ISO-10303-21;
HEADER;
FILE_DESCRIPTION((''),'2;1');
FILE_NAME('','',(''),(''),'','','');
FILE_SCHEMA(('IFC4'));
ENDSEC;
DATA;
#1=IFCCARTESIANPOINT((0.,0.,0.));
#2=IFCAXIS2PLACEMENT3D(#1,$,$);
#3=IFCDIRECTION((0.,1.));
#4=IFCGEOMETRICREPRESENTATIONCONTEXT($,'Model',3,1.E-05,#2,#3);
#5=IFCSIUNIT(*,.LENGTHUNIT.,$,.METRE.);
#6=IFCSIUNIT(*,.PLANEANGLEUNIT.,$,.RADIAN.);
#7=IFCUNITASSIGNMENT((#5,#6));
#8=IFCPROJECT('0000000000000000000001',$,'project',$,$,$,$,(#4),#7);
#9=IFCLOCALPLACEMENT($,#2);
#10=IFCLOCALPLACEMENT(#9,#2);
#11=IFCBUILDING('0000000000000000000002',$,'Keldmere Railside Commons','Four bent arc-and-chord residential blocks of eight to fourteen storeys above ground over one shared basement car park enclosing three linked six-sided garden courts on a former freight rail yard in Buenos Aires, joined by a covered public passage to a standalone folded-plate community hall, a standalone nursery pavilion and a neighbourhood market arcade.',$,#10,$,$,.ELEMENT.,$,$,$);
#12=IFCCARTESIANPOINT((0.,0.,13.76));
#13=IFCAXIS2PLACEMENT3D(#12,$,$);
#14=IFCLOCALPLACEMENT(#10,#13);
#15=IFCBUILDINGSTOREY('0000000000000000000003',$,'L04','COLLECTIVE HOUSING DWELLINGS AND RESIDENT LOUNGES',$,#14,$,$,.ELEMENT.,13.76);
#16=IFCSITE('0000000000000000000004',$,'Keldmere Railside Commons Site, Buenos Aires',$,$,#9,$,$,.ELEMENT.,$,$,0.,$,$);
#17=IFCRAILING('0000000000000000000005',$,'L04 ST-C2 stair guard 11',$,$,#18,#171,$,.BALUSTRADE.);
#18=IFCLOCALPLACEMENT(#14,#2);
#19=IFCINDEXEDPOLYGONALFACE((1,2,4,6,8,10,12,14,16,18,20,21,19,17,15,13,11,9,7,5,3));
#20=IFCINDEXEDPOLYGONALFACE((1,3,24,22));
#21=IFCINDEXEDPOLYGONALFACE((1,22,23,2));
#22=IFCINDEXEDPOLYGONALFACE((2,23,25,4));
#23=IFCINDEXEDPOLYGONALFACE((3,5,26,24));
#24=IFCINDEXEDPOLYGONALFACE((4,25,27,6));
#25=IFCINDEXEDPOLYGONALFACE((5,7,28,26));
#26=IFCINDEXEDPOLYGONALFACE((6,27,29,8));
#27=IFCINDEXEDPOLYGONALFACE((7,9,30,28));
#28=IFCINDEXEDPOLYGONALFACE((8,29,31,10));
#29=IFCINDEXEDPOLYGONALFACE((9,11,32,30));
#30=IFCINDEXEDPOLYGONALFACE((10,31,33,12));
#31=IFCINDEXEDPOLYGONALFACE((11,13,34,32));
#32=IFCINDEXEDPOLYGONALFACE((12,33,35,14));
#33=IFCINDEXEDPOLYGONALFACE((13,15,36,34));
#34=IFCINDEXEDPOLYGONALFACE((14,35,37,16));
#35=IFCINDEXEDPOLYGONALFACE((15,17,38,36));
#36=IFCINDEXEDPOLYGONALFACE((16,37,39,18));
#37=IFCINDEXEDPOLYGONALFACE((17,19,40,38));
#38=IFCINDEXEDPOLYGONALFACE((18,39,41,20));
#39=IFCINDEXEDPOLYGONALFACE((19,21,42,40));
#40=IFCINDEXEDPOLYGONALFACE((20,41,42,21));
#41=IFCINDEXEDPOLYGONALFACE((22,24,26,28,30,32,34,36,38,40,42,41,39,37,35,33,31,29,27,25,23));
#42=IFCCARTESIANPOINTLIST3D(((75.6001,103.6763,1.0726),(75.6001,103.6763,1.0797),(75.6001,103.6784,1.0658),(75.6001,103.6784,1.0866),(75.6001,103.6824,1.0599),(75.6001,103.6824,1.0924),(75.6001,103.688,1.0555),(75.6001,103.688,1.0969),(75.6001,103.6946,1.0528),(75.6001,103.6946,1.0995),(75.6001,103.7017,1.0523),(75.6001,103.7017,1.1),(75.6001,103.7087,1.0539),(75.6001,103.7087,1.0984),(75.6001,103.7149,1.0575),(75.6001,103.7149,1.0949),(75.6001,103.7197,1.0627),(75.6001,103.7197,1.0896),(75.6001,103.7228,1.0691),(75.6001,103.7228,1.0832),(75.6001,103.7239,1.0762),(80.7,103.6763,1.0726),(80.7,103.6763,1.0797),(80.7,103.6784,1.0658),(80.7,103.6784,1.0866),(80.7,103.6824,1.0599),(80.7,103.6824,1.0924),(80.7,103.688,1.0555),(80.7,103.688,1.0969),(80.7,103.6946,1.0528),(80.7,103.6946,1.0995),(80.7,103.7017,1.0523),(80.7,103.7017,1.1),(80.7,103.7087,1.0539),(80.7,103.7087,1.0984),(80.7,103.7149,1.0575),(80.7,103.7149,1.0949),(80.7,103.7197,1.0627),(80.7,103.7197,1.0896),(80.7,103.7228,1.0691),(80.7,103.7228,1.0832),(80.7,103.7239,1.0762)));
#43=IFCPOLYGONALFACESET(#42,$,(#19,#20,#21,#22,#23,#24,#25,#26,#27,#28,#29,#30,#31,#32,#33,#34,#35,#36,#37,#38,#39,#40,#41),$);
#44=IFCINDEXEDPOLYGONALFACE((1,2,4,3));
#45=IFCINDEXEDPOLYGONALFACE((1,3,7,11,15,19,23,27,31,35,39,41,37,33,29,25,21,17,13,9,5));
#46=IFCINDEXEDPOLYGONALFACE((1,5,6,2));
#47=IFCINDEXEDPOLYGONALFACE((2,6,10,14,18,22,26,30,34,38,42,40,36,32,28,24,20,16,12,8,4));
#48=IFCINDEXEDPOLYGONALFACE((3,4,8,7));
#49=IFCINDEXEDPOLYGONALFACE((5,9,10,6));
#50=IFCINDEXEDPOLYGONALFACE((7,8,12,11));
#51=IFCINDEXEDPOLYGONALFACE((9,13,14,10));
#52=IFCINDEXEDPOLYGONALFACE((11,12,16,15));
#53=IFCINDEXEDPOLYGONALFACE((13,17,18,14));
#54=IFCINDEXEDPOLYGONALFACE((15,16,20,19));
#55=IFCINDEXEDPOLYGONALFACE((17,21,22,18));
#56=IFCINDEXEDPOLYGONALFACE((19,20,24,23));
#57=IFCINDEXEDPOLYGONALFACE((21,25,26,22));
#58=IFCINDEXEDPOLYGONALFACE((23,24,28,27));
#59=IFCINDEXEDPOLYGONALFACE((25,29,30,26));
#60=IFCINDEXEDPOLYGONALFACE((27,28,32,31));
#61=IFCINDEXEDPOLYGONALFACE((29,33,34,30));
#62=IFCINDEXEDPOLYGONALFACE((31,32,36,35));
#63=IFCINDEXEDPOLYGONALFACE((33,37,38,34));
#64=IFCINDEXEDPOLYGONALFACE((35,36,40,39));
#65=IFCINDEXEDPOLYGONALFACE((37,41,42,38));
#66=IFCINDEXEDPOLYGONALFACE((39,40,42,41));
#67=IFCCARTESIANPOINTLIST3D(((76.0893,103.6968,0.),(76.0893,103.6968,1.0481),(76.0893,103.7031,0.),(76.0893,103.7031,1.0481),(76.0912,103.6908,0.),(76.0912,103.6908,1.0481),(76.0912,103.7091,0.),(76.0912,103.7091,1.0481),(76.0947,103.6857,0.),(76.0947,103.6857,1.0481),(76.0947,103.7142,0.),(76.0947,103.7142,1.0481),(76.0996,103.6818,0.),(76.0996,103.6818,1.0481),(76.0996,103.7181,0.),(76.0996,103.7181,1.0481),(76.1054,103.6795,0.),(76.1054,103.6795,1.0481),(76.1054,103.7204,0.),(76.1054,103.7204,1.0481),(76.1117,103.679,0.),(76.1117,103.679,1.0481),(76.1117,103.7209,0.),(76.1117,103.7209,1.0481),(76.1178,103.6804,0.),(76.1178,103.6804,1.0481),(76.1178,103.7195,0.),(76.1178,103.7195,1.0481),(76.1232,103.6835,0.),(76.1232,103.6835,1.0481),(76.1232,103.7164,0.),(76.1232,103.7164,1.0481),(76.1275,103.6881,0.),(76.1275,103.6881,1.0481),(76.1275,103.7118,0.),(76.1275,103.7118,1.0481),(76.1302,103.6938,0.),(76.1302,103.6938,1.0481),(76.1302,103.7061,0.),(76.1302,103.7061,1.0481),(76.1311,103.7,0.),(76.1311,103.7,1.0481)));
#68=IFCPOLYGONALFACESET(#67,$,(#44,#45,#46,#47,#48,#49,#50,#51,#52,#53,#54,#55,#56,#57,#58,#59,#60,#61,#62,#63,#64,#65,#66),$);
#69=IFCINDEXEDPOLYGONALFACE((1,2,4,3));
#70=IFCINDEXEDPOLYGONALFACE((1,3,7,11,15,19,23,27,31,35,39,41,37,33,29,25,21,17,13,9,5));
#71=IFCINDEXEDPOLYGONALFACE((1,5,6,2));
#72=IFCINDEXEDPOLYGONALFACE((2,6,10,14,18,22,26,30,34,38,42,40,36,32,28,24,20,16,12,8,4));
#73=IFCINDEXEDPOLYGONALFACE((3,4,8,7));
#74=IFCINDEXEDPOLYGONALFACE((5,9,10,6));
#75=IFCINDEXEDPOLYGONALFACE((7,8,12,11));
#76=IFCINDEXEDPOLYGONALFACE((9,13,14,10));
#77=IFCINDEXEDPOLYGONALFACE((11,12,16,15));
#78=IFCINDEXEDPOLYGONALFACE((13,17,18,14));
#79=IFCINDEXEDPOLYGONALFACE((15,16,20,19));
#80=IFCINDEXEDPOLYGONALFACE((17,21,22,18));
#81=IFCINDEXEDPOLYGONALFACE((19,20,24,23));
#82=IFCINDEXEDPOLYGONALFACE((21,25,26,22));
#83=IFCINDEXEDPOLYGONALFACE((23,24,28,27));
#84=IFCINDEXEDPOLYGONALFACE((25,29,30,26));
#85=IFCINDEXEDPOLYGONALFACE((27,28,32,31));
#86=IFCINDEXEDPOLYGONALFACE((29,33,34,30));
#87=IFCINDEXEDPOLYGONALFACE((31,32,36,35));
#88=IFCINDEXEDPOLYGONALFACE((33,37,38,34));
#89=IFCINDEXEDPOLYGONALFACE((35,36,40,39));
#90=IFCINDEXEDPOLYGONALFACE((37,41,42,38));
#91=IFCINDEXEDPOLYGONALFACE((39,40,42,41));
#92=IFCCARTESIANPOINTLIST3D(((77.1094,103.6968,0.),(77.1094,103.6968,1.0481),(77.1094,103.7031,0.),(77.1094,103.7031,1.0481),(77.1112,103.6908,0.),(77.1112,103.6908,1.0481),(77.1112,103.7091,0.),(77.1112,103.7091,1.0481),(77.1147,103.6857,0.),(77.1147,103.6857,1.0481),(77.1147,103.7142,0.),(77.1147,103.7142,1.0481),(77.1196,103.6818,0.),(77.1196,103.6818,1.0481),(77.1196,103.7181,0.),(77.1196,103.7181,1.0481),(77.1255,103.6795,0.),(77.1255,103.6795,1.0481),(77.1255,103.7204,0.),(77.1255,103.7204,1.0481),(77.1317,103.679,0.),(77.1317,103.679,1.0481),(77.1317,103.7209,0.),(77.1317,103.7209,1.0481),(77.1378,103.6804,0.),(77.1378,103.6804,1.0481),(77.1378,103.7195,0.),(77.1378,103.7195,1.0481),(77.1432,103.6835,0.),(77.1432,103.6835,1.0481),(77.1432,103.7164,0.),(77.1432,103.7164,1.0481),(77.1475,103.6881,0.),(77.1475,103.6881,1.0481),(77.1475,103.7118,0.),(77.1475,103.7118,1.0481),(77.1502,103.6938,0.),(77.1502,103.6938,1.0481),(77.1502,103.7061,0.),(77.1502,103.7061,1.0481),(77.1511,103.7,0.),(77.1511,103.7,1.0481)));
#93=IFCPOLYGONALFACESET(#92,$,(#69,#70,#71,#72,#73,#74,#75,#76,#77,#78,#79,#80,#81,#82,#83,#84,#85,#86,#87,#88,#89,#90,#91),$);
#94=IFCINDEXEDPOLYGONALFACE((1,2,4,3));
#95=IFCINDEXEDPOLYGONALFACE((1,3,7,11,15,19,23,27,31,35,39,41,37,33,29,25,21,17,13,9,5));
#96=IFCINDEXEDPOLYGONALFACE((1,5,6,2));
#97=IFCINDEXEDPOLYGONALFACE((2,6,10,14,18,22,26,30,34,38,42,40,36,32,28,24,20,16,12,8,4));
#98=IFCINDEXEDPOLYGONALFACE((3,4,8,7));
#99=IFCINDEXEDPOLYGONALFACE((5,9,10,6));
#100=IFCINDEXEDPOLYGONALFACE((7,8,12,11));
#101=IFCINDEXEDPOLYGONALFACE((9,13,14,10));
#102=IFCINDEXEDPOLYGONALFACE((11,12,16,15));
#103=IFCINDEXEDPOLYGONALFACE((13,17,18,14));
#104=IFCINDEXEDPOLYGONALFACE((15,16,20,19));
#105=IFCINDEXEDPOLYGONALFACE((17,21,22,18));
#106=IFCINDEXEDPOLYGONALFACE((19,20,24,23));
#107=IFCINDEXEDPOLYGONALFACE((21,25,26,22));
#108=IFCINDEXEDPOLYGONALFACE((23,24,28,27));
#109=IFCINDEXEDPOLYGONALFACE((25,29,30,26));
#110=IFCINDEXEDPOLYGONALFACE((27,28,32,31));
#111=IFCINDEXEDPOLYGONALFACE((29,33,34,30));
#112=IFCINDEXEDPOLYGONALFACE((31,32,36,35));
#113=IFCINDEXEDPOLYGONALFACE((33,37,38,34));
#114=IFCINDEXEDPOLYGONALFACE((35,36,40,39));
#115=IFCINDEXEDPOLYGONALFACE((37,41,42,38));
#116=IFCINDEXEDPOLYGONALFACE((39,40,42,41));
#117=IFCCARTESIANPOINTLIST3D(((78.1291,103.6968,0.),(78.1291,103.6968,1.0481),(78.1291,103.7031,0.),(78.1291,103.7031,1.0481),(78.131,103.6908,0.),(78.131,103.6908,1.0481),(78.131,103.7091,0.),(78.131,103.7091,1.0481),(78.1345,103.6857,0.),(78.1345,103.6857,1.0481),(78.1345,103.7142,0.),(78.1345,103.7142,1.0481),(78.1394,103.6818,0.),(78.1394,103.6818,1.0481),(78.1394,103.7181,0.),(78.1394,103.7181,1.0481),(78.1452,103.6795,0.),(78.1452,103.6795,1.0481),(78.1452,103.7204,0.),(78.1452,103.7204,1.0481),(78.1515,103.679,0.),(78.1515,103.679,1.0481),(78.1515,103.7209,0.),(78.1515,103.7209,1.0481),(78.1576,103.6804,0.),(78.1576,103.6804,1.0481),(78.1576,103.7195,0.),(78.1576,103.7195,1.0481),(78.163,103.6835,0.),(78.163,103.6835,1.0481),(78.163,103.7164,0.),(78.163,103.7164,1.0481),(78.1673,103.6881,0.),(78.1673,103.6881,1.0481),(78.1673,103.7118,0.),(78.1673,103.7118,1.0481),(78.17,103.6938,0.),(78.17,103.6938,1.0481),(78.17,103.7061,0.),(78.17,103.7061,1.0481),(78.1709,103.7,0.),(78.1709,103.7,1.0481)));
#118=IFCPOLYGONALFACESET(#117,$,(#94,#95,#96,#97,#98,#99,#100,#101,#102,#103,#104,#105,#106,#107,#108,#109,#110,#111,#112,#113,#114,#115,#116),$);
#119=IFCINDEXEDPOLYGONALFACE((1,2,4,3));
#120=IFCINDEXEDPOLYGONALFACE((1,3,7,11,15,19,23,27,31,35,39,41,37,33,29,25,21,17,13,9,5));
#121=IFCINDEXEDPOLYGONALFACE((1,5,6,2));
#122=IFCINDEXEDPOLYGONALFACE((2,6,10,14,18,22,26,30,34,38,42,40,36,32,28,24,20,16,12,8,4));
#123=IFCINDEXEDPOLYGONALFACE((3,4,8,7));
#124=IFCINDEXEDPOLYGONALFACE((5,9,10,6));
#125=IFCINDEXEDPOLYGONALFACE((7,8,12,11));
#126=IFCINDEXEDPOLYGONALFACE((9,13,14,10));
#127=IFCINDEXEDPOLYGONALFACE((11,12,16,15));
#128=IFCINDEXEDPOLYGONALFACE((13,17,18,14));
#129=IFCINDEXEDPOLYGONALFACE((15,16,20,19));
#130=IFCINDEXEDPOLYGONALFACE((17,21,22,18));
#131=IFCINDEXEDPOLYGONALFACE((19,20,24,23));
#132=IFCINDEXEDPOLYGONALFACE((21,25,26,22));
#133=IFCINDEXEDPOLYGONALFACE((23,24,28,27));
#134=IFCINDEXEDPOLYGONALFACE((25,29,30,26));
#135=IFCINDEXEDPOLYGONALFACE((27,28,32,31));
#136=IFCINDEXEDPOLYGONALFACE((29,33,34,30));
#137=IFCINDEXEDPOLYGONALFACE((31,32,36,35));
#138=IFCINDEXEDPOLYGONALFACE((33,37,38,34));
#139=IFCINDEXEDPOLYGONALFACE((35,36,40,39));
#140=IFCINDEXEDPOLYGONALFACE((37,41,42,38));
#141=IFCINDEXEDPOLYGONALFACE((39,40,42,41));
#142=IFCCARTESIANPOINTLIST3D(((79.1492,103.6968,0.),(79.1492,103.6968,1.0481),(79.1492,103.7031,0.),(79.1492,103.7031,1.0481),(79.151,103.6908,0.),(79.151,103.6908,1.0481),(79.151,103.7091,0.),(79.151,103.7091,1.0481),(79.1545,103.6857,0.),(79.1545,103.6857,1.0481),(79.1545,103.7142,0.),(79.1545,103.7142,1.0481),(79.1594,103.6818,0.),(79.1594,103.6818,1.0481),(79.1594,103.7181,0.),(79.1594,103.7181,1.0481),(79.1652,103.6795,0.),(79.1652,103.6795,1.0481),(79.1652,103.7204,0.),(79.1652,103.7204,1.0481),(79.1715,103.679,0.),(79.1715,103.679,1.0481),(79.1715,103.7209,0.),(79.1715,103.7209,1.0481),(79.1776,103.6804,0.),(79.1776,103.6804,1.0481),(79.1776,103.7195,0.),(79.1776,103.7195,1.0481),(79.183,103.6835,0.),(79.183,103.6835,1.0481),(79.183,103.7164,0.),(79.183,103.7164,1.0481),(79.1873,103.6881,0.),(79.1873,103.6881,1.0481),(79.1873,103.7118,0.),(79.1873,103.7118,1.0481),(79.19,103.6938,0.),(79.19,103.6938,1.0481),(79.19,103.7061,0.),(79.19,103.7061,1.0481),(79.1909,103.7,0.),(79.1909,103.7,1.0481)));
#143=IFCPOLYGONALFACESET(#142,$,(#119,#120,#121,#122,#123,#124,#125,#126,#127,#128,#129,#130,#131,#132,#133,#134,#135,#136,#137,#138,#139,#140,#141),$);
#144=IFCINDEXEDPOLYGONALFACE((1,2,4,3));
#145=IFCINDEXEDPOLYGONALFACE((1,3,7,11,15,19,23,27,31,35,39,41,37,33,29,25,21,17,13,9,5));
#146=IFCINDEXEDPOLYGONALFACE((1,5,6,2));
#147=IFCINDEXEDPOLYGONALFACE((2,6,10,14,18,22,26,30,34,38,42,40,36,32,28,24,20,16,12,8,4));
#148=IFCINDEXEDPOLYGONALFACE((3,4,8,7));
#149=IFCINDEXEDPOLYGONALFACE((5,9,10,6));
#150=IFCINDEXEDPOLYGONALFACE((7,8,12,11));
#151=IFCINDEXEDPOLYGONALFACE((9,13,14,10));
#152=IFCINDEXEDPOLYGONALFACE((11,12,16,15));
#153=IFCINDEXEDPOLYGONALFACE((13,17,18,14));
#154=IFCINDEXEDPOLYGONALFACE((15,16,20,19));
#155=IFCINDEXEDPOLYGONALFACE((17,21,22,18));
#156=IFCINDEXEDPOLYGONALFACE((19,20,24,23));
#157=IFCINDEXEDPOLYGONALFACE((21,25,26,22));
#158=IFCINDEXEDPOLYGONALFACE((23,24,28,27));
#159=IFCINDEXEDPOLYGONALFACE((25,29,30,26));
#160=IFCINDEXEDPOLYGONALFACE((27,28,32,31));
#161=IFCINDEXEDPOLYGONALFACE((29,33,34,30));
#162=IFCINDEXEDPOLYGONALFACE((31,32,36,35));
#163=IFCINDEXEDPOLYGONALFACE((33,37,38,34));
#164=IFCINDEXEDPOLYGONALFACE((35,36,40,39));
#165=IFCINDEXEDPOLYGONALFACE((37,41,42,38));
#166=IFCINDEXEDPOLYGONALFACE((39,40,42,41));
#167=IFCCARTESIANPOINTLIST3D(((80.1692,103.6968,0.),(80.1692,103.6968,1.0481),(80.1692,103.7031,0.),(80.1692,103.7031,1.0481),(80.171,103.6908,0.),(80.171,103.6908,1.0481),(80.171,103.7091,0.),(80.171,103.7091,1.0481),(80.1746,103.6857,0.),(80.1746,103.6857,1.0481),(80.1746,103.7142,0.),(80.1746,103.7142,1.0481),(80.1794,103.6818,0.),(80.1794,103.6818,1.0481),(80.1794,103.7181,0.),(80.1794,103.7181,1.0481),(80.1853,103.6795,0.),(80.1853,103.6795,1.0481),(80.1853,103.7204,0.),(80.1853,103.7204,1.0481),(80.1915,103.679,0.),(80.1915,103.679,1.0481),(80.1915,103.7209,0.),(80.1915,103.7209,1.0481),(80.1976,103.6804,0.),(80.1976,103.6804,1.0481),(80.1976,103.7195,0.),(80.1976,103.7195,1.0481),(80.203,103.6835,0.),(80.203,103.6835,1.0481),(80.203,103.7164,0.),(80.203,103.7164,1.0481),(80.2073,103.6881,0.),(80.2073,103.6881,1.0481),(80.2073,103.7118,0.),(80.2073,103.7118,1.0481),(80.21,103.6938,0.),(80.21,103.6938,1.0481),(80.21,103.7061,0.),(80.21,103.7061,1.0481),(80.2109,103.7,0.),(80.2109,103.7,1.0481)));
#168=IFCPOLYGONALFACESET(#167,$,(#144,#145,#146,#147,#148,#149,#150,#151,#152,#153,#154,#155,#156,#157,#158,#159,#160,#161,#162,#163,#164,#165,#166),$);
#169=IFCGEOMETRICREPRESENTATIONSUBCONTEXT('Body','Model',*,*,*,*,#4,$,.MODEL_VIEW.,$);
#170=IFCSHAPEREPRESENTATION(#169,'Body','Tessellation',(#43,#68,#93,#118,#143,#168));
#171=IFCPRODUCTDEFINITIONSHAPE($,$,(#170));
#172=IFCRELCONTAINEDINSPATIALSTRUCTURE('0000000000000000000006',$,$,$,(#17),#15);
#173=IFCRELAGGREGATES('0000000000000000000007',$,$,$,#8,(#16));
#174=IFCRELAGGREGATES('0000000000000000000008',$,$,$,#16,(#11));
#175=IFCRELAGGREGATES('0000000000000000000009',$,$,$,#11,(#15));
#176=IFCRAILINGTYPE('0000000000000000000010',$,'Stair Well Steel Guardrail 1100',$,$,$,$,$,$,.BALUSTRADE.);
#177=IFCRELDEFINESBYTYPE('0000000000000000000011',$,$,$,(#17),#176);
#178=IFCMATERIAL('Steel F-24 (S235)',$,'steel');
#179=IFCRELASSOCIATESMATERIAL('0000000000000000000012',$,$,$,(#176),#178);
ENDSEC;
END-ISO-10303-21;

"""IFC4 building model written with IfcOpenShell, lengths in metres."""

from ifc_helpers import new_model, si_unit, direction, frame, origin, origin_2d, place, context, subcontext, project, spatial, circle, extrude, material, type_object, element, save


model = new_model("IFC4")

# Units and contexts
model_context = context("Model", 3, precision=1e-05, world=origin(), true_north=direction((0.0, 1.0)))
body_context = subcontext(model_context, "Body", "Model", "MODEL_VIEW")
ifc_project = project(units=[si_unit("LENGTHUNIT", "METRE"), si_unit("PLANEANGLEUNIT", "RADIAN")], contexts=[model_context])

# Site, building, storey
site_placement = place(None, origin())
site = spatial("IfcSite", under=ifc_project, at=site_placement, Name="Keldmere Railside Commons Site, Buenos Aires", CompositionType="ELEMENT", RefElevation=0.0)
building_placement = place(site_placement, origin())
building = spatial("IfcBuilding", under=site, at=building_placement, Name="Keldmere Railside Commons", Description="Four bent arc-and-chord residential blocks of eight to fourteen storeys above ground over one shared basement car park enclosing three linked six-sided garden courts on a former freight rail yard in Buenos Aires, joined by a covered public passage to a standalone folded-plate community hall, a standalone nursery pavilion and a neighbourhood market arcade.", CompositionType="ELEMENT")
storey_placement = place(building_placement, frame((0.0, 0.0, 13.76)))
storey = spatial("IfcBuildingStorey", under=building, at=storey_placement, Name="L04", Description="COLLECTIVE HOUSING DWELLINGS AND RESIDENT LOUNGES", CompositionType="ELEMENT", Elevation=13.76)

# Shared definitions
ifc_material_1 = material(Name="Steel F-24 (S235)", Category="steel")

# Railing
railing_type_1 = type_object("IfcRailingType", Name="Stair Well Steel Guardrail 1100", PredefinedType="BALUSTRADE", material=ifc_material_1)
railing_1_placement = place(storey_placement, frame((75.6001, 103.7, 0.0)))
element("IfcRailing", 1, at=railing_1_placement, inside=storey, type_object=railing_type_1, Name="L04 ST-C2 stair guard 11", PredefinedType="BALUSTRADE", context=body_context, shape_type="SweptSolid", body=[
    extrude(circle(Radius=0.0239, at=origin_2d()), frame((0.0, 0.0, 1.0762), z_axis=(1.0, 0.0, 0.0), x_axis=(0.0, 1.0, 0.0)), (0.0, 0.0, 1.0), 5.0999),
    extrude(circle(Radius=0.021, at=origin_2d()), frame((0.51, 0.0, 0.0)), (0.0, 0.0, 1.0), 1.0481),
    extrude(circle(Radius=0.021, at=origin_2d()), frame((1.53, 0.0, 0.0)), (0.0, 0.0, 1.0), 1.0481),
    extrude(circle(Radius=0.021, at=origin_2d()), frame((2.5498, 0.0, 0.0)), (0.0, 0.0, 1.0), 1.0481),
    extrude(circle(Radius=0.021, at=origin_2d()), frame((3.5698, 0.0, 0.0)), (0.0, 0.0, 1.0), 1.0481),
    extrude(circle(Radius=0.021, at=origin_2d()), frame((4.5898, 0.0, 0.0)), (0.0, 0.0, 1.0), 1.0481),
])

save(model, "model.ifc")
